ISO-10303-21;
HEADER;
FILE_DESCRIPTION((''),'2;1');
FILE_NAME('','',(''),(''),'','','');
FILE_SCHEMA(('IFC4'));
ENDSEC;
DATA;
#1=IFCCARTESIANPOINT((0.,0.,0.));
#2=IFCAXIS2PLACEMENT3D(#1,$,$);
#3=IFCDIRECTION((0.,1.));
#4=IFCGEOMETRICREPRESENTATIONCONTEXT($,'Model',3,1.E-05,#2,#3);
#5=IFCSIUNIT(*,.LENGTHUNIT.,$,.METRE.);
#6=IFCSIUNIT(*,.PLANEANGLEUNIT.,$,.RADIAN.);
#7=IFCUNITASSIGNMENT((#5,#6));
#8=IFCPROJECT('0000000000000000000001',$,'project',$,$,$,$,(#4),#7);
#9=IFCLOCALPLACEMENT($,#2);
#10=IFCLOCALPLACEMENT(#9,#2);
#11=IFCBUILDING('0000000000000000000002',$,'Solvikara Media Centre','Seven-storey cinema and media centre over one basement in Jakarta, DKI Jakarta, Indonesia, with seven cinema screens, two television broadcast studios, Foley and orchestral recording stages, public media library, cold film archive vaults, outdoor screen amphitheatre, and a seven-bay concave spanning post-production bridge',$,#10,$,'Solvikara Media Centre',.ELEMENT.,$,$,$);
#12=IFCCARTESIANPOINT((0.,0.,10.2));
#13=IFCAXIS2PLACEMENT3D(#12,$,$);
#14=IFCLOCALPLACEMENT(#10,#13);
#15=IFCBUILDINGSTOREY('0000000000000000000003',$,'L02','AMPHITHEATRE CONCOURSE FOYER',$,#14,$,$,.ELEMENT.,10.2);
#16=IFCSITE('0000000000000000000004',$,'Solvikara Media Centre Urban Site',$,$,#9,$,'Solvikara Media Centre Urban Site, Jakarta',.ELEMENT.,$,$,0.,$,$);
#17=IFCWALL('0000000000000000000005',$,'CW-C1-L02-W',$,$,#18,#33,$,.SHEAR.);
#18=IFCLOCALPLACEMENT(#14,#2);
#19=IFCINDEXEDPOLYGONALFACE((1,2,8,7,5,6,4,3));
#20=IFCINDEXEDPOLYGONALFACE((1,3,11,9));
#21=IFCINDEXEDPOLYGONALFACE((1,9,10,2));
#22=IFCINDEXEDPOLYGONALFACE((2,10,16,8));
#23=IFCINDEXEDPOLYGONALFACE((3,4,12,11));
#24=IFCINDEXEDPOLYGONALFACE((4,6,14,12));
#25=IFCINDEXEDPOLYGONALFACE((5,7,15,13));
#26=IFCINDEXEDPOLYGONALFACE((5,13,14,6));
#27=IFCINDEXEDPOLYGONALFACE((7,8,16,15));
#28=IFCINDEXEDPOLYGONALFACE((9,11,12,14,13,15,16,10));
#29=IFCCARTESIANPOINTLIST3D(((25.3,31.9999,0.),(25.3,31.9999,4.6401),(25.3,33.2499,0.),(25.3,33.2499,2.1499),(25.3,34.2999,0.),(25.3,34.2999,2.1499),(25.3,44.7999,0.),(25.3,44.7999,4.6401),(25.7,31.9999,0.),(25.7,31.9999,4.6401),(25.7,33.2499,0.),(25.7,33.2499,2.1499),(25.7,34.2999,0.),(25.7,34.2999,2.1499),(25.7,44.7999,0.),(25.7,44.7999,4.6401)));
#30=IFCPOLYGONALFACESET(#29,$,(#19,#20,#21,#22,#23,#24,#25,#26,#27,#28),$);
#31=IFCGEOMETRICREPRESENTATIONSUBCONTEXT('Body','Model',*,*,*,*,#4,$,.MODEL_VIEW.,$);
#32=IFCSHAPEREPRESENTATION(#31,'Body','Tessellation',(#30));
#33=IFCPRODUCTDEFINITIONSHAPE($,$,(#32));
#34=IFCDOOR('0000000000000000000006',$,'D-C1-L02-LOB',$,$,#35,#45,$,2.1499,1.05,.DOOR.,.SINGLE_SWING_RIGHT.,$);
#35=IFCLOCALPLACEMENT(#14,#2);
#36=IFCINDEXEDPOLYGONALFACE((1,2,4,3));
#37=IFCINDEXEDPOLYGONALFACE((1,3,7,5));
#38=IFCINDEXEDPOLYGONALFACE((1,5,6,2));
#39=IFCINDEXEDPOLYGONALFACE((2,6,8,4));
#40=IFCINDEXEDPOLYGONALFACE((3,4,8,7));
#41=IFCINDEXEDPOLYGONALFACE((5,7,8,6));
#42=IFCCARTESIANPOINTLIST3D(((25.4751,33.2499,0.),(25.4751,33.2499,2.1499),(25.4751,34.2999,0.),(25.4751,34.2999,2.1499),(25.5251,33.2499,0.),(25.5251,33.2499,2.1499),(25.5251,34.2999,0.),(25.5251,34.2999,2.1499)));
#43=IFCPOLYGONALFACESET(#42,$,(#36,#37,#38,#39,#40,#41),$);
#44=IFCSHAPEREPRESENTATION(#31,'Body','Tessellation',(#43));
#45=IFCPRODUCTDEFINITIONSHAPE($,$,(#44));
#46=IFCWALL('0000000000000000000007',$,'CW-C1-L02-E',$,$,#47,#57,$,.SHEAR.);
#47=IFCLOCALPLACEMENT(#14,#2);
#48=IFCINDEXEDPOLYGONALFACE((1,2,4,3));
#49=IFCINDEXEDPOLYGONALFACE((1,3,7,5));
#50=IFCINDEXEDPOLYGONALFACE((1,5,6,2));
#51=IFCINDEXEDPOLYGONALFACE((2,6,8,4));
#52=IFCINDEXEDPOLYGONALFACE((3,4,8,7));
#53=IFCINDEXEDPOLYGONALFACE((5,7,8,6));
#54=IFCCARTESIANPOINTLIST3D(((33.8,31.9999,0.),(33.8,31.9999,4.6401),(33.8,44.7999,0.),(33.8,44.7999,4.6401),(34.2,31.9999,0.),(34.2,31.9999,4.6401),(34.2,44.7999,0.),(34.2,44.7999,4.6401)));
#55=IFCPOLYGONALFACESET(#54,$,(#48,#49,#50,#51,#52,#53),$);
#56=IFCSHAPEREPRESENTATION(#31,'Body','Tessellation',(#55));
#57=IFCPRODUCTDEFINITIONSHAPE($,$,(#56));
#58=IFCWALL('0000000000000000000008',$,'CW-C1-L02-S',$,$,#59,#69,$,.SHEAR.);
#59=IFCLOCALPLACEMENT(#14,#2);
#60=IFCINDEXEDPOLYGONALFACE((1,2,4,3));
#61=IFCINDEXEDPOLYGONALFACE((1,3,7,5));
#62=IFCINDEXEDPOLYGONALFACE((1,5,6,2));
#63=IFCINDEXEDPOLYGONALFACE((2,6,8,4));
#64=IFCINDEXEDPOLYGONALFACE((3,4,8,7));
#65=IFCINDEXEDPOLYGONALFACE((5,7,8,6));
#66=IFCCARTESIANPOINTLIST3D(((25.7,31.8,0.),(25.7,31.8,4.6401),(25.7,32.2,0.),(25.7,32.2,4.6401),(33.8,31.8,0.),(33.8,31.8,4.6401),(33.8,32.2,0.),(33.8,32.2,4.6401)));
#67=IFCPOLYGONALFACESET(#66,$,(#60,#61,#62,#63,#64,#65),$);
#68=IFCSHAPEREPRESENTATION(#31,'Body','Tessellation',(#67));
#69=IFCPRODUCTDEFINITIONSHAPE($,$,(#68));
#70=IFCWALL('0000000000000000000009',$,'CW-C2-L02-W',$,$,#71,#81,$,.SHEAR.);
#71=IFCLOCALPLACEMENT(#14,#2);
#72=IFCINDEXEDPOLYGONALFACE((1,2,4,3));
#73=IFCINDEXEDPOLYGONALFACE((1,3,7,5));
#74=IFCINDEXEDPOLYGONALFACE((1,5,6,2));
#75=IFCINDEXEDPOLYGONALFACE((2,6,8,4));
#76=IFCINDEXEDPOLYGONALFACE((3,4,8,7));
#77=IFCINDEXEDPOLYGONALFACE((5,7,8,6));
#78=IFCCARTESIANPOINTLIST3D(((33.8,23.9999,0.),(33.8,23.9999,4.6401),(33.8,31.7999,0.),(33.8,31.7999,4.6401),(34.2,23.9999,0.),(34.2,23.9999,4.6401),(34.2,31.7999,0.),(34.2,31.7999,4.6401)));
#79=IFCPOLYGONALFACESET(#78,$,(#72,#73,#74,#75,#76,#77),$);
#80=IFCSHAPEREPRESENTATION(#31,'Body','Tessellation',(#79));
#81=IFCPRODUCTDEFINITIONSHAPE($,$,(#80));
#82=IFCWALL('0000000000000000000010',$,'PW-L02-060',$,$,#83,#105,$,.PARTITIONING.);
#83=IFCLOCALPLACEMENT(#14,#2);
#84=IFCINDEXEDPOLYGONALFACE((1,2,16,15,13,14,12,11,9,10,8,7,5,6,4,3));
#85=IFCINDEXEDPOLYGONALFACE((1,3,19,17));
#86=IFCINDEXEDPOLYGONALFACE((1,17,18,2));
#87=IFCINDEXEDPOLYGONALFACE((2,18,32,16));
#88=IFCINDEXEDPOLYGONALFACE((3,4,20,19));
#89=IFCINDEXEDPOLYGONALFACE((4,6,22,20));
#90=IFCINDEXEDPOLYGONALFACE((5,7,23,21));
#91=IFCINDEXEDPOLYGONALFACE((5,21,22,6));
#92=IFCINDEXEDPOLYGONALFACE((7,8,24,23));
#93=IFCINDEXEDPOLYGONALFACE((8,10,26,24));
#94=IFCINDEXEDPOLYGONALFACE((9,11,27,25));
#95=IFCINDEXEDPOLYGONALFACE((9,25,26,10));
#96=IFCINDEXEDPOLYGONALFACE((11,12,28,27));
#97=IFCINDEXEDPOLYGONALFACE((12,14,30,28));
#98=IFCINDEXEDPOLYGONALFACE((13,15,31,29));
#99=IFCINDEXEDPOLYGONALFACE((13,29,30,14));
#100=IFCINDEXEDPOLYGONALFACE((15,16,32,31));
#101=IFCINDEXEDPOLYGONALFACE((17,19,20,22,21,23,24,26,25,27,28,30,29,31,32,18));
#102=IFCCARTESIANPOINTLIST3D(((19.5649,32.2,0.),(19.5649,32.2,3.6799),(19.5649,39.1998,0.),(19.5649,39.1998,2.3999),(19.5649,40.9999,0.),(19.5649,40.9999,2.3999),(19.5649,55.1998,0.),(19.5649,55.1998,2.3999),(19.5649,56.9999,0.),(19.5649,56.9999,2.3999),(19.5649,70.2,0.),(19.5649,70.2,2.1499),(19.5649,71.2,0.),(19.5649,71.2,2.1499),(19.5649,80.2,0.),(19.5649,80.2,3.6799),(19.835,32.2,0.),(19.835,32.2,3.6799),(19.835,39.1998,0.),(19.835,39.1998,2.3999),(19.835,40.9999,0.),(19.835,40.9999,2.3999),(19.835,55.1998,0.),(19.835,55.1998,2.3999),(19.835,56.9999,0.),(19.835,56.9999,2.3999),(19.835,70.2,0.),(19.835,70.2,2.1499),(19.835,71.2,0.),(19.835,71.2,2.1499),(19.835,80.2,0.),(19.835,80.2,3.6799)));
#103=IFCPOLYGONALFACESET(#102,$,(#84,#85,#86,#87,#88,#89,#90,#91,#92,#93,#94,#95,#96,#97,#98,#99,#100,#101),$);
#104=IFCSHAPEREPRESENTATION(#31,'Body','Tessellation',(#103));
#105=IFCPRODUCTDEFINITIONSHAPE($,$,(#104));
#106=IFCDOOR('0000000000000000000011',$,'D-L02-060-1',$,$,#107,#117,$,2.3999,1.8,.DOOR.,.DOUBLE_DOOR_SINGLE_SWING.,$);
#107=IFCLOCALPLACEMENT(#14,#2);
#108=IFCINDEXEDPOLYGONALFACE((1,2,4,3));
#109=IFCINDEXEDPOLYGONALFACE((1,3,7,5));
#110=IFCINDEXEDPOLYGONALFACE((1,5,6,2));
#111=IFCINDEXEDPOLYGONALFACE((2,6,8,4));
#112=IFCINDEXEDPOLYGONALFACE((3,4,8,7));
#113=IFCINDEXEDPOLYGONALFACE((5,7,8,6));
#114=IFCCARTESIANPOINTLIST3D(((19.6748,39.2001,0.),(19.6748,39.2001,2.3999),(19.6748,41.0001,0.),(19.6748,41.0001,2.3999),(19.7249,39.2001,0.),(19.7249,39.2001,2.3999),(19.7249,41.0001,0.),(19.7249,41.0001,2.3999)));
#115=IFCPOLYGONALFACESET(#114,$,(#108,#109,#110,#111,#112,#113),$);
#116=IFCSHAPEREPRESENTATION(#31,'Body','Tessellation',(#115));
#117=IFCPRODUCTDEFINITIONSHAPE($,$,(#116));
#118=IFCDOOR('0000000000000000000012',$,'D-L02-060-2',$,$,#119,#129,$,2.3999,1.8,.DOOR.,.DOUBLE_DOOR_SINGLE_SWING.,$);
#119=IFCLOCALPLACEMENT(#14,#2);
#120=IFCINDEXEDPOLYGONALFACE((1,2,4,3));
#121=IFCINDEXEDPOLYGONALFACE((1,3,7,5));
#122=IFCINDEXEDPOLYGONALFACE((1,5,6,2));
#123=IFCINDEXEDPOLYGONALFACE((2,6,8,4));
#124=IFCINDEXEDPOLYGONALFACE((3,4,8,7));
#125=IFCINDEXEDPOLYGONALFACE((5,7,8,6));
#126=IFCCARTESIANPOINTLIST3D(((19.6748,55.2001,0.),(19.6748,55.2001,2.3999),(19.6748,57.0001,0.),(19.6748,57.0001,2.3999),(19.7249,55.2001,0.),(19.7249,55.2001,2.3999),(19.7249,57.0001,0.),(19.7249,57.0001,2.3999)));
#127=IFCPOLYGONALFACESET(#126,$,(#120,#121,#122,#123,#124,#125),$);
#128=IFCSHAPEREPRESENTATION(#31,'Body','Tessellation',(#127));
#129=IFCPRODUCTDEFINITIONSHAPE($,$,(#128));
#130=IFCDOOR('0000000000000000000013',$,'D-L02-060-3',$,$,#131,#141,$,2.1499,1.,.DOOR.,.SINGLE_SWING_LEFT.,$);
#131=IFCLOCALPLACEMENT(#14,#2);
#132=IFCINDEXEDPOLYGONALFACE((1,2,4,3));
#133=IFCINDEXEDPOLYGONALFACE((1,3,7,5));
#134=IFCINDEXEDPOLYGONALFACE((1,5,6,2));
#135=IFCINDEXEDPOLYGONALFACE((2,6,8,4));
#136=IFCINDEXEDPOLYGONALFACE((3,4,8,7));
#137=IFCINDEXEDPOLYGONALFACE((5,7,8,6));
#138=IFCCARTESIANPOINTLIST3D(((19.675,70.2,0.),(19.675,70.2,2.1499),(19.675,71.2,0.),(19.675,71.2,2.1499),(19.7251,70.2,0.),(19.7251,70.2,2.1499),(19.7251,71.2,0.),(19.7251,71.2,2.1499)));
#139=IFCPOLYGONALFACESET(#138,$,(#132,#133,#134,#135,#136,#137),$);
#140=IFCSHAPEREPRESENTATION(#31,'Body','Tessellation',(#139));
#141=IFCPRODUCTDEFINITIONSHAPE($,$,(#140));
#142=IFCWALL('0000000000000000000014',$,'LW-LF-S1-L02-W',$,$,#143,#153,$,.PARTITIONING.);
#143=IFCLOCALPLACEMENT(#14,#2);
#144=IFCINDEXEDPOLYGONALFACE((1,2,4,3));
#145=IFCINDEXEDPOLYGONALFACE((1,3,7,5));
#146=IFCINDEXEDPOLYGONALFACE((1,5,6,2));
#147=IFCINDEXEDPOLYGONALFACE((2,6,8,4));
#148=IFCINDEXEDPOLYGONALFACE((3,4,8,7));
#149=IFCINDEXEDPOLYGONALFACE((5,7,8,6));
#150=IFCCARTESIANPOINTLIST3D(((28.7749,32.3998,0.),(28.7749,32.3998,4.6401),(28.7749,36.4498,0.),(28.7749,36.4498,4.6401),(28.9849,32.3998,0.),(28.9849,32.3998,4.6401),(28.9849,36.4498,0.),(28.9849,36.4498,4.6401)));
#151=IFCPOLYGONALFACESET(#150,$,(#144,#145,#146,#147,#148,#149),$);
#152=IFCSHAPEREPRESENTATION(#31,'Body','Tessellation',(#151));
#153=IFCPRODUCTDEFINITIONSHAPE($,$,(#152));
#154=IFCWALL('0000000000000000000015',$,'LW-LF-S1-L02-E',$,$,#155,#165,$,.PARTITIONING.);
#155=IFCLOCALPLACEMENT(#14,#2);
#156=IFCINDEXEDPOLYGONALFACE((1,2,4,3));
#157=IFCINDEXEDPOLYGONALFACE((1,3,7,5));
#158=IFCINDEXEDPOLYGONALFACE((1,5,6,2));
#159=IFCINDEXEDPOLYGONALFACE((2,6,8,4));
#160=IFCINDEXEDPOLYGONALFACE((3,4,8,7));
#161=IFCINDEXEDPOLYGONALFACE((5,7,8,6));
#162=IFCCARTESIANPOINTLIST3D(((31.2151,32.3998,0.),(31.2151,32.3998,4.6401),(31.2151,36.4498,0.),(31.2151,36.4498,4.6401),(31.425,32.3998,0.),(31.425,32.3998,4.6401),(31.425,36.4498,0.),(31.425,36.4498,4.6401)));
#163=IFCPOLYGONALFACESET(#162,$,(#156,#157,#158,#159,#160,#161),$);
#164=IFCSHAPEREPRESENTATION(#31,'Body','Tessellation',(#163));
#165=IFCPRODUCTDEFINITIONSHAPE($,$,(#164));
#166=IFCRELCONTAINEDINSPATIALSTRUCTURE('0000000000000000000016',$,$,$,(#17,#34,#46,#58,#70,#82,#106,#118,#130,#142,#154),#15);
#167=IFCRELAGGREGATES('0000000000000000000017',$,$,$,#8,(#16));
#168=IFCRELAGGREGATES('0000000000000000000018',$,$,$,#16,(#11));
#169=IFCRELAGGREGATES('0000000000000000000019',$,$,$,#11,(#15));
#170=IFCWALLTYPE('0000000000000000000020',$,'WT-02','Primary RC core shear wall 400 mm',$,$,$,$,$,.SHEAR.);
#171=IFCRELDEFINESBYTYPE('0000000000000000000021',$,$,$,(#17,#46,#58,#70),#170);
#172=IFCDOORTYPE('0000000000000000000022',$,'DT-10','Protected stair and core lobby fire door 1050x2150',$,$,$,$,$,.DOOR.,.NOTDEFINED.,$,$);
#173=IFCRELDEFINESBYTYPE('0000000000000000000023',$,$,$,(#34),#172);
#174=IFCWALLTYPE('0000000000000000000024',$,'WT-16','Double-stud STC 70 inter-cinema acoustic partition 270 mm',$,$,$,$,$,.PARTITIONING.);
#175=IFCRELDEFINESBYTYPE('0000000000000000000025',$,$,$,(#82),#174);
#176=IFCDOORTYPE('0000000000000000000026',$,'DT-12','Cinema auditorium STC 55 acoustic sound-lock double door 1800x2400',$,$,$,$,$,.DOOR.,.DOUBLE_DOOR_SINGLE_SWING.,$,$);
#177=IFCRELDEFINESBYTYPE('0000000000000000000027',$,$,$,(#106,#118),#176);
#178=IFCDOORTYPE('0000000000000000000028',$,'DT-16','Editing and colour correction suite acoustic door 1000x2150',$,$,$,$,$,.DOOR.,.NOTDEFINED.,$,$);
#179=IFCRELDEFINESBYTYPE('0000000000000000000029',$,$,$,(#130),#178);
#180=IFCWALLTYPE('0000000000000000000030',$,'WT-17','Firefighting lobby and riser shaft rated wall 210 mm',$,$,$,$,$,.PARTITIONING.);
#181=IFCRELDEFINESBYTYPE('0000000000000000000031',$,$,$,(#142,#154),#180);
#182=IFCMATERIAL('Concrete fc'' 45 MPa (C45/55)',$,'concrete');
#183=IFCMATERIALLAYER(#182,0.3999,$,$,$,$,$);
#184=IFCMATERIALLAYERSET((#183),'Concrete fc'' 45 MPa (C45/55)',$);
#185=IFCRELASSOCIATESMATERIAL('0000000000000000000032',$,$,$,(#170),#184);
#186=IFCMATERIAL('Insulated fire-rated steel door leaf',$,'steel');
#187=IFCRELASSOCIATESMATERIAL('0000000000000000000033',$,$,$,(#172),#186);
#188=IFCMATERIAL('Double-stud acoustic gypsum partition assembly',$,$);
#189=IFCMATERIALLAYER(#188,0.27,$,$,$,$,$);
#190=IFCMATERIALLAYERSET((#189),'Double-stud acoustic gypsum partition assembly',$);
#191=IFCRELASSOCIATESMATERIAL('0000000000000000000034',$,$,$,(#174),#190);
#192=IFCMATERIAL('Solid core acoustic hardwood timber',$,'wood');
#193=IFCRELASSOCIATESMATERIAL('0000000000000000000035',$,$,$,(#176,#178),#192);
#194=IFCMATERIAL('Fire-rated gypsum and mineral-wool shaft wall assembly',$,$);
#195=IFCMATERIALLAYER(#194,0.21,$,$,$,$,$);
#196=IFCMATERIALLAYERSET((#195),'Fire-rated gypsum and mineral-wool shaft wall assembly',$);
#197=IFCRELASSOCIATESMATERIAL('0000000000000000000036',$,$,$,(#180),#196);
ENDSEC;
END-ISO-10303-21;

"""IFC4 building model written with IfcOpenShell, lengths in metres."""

from ifc_helpers import new_model, si_unit, direction, frame, frame_2d, origin, place, context, subcontext, project, spatial, rectangle, extrude, material, layer, layer_set, type_object, element, fill, save


model = new_model("IFC4")

# Units and contexts
model_context = context("Model", 3, precision=1e-05, world=origin(), true_north=direction((0.0, 1.0)))
body_context = subcontext(model_context, "Body", "Model", "MODEL_VIEW")
ifc_project = project(units=[si_unit("LENGTHUNIT", "METRE"), si_unit("PLANEANGLEUNIT", "RADIAN")], contexts=[model_context])

# Site, building, storey
site_placement = place(None, origin())
site = spatial("IfcSite", under=ifc_project, at=site_placement, Name="Solvikara Media Centre Urban Site", LongName="Solvikara Media Centre Urban Site, Jakarta", CompositionType="ELEMENT", RefElevation=0.0)
building_placement = place(site_placement, origin())
building = spatial("IfcBuilding", under=site, at=building_placement, Name="Solvikara Media Centre", Description="Seven-storey cinema and media centre over one basement in Jakarta, DKI Jakarta, Indonesia, with seven cinema screens, two television broadcast studios, Foley and orchestral recording stages, public media library, cold film archive vaults, outdoor screen amphitheatre, and a seven-bay concave spanning post-production bridge", LongName="Solvikara Media Centre", CompositionType="ELEMENT")
storey_placement = place(building_placement, frame((0.0, 0.0, 10.2)))
storey = spatial("IfcBuildingStorey", under=building, at=storey_placement, Name="L02", Description="AMPHITHEATRE CONCOURSE FOYER", CompositionType="ELEMENT", Elevation=10.2)

# Shared definitions
ifc_material_1 = material(Name="Concrete fc' 45 MPa (C45/55)", Category="concrete")

# Wall, opening, door
ifc_layer_1 = layer(ifc_material_1, 0.3999)
ifc_layer_set_1 = layer_set([ifc_layer_1], Name="Concrete fc' 45 MPa (C45/55)")
wall_type_1 = type_object("IfcWallType", Name="WT-02", Description="Primary RC core shear wall 400 mm", PredefinedType="SHEAR", material=ifc_layer_set_1)
wall_1_placement = place(storey_placement, frame((25.5, 32.0, 0.0), z_axis=(0.0, 0.0, 1.0), x_axis=(0.0, 1.0, 0.0)))
wall_1 = element("IfcWall", 1, at=wall_1_placement, inside=storey, type_object=wall_type_1, Name="CW-C1-L02-W", PredefinedType="SHEAR", context=body_context, shape_type="SweptSolid", body=[
    extrude(rectangle(XDim=12.8, YDim=0.3999, at=frame_2d((6.3999, 0.0))), origin(), (0.0, 0.0, 1.0), 4.6401),
])
opening_1_placement = place(wall_1_placement, frame((1.25, 0.0, 0.0)))
opening_1 = element("IfcOpeningElement", 2, at=opening_1_placement, cuts=wall_1, PredefinedType="OPENING", context=body_context, shape_type="SweptSolid", body=[
    extrude(rectangle(XDim=1.05, YDim=2.1499, at=frame_2d((0.5249, 1.075))), frame((0.0, 0.2119, 0.0), z_axis=(0.0, -1.0, 0.0), x_axis=(1.0, 0.0, 0.0)), (0.0, 0.0, 1.0), 0.4238),
])
ifc_material_2 = material(Name="Insulated fire-rated steel door leaf", Category="steel")
door_type_1 = type_object("IfcDoorType", Name="DT-10", Description="Protected stair and core lobby fire door 1050x2150", OperationType="NOTDEFINED", PredefinedType="DOOR", material=ifc_material_2)
door_1_placement = place(opening_1_placement, origin())
door_1 = element("IfcDoor", 3, at=door_1_placement, inside=storey, type_object=door_type_1, Name="D-C1-L02-LOB", OperationType="SINGLE_SWING_RIGHT", OverallHeight=2.1499, OverallWidth=1.05, PredefinedType="DOOR", context=body_context, shape_type="SweptSolid", body=[
    extrude(rectangle(XDim=1.05, YDim=2.1499, at=frame_2d((0.5249, 1.075))), frame((0.0, 0.0249, 0.0), z_axis=(0.0, -1.0, 0.0), x_axis=(1.0, 0.0, 0.0)), (0.0, 0.0, 1.0), 0.05),
])
fill(opening_1, door_1)

# Walls
wall_2_placement = place(storey_placement, frame((34.0, 32.0, 0.0), z_axis=(0.0, 0.0, 1.0), x_axis=(0.0, 1.0, 0.0)))
element("IfcWall", 4, at=wall_2_placement, inside=storey, type_object=wall_type_1, Name="CW-C1-L02-E", PredefinedType="SHEAR", context=body_context, shape_type="SweptSolid", body=[
    extrude(rectangle(XDim=12.8, YDim=0.3999, at=frame_2d((6.3999, 0.0))), origin(), (0.0, 0.0, 1.0), 4.6401),
])
wall_3_placement = place(storey_placement, frame((25.7, 32.0, 0.0), z_axis=(0.0, 0.0, 1.0), x_axis=(1.0, 0.0, 0.0)))
element("IfcWall", 5, at=wall_3_placement, inside=storey, type_object=wall_type_1, Name="CW-C1-L02-S", PredefinedType="SHEAR", context=body_context, shape_type="SweptSolid", body=[
    extrude(rectangle(XDim=8.1001, YDim=0.3999, at=frame_2d((4.05, 0.0))), origin(), (0.0, 0.0, 1.0), 4.6401),
])
wall_4_placement = place(storey_placement, frame((34.0, 24.0, 0.0), z_axis=(0.0, 0.0, 1.0), x_axis=(0.0, 1.0, 0.0)))
element("IfcWall", 6, at=wall_4_placement, inside=storey, type_object=wall_type_1, Name="CW-C2-L02-W", PredefinedType="SHEAR", context=body_context, shape_type="SweptSolid", body=[
    extrude(rectangle(XDim=7.8, YDim=0.3999, at=frame_2d((3.8999, 0.0))), origin(), (0.0, 0.0, 1.0), 4.6401),
])

# Wall, openings, doors
ifc_material_3 = material(Name="Double-stud acoustic gypsum partition assembly")
ifc_layer_2 = layer(ifc_material_3, 0.27)
ifc_layer_set_2 = layer_set([ifc_layer_2], Name="Double-stud acoustic gypsum partition assembly")
wall_type_2 = type_object("IfcWallType", Name="WT-16", Description="Double-stud STC 70 inter-cinema acoustic partition 270 mm", PredefinedType="PARTITIONING", material=ifc_layer_set_2)
wall_5_placement = place(storey_placement, frame((19.7, 32.2, 0.0), z_axis=(0.0, 0.0, 1.0), x_axis=(0.0, 1.0, 0.0)))
wall_5 = element("IfcWall", 7, at=wall_5_placement, inside=storey, type_object=wall_type_2, Name="PW-L02-060", PredefinedType="PARTITIONING", context=body_context, shape_type="SweptSolid", body=[
    extrude(rectangle(XDim=48.0, YDim=0.27, at=frame_2d((24.0, 0.0))), origin(), (0.0, 0.0, 1.0), 3.6799),
])
opening_2_placement = place(wall_5_placement, frame((7.0, 0.0, 0.0)))
opening_2 = element("IfcOpeningElement", 8, at=opening_2_placement, cuts=wall_5, PredefinedType="OPENING", context=body_context, shape_type="SweptSolid", body=[
    extrude(rectangle(XDim=1.8, YDim=2.3999, at=frame_2d((0.8999, 1.2))), frame((0.0, 0.147, 0.0), z_axis=(0.0, -1.0, 0.0), x_axis=(1.0, 0.0, 0.0)), (0.0, 0.0, 1.0), 0.2939),
])
opening_3_placement = place(wall_5_placement, frame((23.0, 0.0, 0.0)))
opening_3 = element("IfcOpeningElement", 9, at=opening_3_placement, cuts=wall_5, PredefinedType="OPENING", context=body_context, shape_type="SweptSolid", body=[
    extrude(rectangle(XDim=1.8, YDim=2.3999, at=frame_2d((0.8999, 1.2))), frame((0.0, 0.147, 0.0), z_axis=(0.0, -1.0, 0.0), x_axis=(1.0, 0.0, 0.0)), (0.0, 0.0, 1.0), 0.2939),
])
opening_4_placement = place(wall_5_placement, frame((38.0, 0.0, 0.0)))
opening_4 = element("IfcOpeningElement", 10, at=opening_4_placement, cuts=wall_5, PredefinedType="OPENING", context=body_context, shape_type="SweptSolid", body=[
    extrude(rectangle(XDim=1.0, YDim=2.1499, at=frame_2d((0.5, 1.075))), frame((0.0, 0.147, 0.0), z_axis=(0.0, -1.0, 0.0), x_axis=(1.0, 0.0, 0.0)), (0.0, 0.0, 1.0), 0.2939),
])
ifc_material_4 = material(Name="Solid core acoustic hardwood timber", Category="wood")
door_type_2 = type_object("IfcDoorType", Name="DT-12", Description="Cinema auditorium STC 55 acoustic sound-lock double door 1800x2400", OperationType="DOUBLE_DOOR_SINGLE_SWING", PredefinedType="DOOR", material=ifc_material_4)
door_2_placement = place(opening_2_placement, frame((1.8, 0.0, 0.0), z_axis=(0.0, 0.0, 1.0), x_axis=(-1.0, 0.0, 0.0)))
door_2 = element("IfcDoor", 11, at=door_2_placement, inside=storey, type_object=door_type_2, Name="D-L02-060-1", OperationType="DOUBLE_DOOR_SINGLE_SWING", OverallHeight=2.3999, OverallWidth=1.8, PredefinedType="DOOR", context=body_context, shape_type="SweptSolid", body=[
    extrude(rectangle(XDim=1.8, YDim=2.3999, at=frame_2d((0.8999, 1.2))), frame((0.0, 0.0249, 0.0), z_axis=(0.0, -1.0, 0.0), x_axis=(1.0, 0.0, 0.0)), (0.0, 0.0, 1.0), 0.05),
])
fill(opening_2, door_2)
door_3_placement = place(opening_3_placement, frame((1.8, 0.0, 0.0), z_axis=(0.0, 0.0, 1.0), x_axis=(-1.0, 0.0, 0.0)))
door_3 = element("IfcDoor", 12, at=door_3_placement, inside=storey, type_object=door_type_2, Name="D-L02-060-2", OperationType="DOUBLE_DOOR_SINGLE_SWING", OverallHeight=2.3999, OverallWidth=1.8, PredefinedType="DOOR", context=body_context, shape_type="SweptSolid", body=[
    extrude(rectangle(XDim=1.8, YDim=2.3999, at=frame_2d((0.8999, 1.2))), frame((0.0, 0.0249, 0.0), z_axis=(0.0, -1.0, 0.0), x_axis=(1.0, 0.0, 0.0)), (0.0, 0.0, 1.0), 0.05),
])
fill(opening_3, door_3)
door_type_3 = type_object("IfcDoorType", Name="DT-16", Description="Editing and colour correction suite acoustic door 1000x2150", OperationType="NOTDEFINED", PredefinedType="DOOR", material=ifc_material_4)
door_4_placement = place(opening_4_placement, origin())
door_4 = element("IfcDoor", 13, at=door_4_placement, inside=storey, type_object=door_type_3, Name="D-L02-060-3", OperationType="SINGLE_SWING_LEFT", OverallHeight=2.1499, OverallWidth=1.0, PredefinedType="DOOR", context=body_context, shape_type="SweptSolid", body=[
    extrude(rectangle(XDim=1.0, YDim=2.1499, at=frame_2d((0.5, 1.075))), frame((0.0, 0.0249, 0.0), z_axis=(0.0, -1.0, 0.0), x_axis=(1.0, 0.0, 0.0)), (0.0, 0.0, 1.0), 0.05),
])
fill(opening_4, door_4)

# Walls
ifc_material_5 = material(Name="Fire-rated gypsum and mineral-wool shaft wall assembly")
ifc_layer_3 = layer(ifc_material_5, 0.21)
ifc_layer_set_3 = layer_set([ifc_layer_3], Name="Fire-rated gypsum and mineral-wool shaft wall assembly")
wall_type_3 = type_object("IfcWallType", Name="WT-17", Description="Firefighting lobby and riser shaft rated wall 210 mm", PredefinedType="PARTITIONING", material=ifc_layer_set_3)
for number, where, z_axis, x_axis, name in (
    (14, (28.8799, 32.3999, 0.0), (0.0, 0.0, 1.0), (0.0, 1.0, 0.0), "LW-LF-S1-L02-W"),
    (15, (31.3201, 32.3999, 0.0), (0.0, 0.0, 1.0), (0.0, 1.0, 0.0), "LW-LF-S1-L02-E"),
):
    element("IfcWall", number, at=place(storey_placement, frame(where, z_axis=z_axis, x_axis=x_axis)), inside=storey, type_object=wall_type_3, Name=name, PredefinedType="PARTITIONING", context=body_context, shape_type="SweptSolid", body=[
        extrude(rectangle(XDim=4.05, YDim=0.21, at=frame_2d((2.0249, 0.0))), origin(), (0.0, 0.0, 1.0), 4.6401),
    ])

save(model, "model.ifc")
